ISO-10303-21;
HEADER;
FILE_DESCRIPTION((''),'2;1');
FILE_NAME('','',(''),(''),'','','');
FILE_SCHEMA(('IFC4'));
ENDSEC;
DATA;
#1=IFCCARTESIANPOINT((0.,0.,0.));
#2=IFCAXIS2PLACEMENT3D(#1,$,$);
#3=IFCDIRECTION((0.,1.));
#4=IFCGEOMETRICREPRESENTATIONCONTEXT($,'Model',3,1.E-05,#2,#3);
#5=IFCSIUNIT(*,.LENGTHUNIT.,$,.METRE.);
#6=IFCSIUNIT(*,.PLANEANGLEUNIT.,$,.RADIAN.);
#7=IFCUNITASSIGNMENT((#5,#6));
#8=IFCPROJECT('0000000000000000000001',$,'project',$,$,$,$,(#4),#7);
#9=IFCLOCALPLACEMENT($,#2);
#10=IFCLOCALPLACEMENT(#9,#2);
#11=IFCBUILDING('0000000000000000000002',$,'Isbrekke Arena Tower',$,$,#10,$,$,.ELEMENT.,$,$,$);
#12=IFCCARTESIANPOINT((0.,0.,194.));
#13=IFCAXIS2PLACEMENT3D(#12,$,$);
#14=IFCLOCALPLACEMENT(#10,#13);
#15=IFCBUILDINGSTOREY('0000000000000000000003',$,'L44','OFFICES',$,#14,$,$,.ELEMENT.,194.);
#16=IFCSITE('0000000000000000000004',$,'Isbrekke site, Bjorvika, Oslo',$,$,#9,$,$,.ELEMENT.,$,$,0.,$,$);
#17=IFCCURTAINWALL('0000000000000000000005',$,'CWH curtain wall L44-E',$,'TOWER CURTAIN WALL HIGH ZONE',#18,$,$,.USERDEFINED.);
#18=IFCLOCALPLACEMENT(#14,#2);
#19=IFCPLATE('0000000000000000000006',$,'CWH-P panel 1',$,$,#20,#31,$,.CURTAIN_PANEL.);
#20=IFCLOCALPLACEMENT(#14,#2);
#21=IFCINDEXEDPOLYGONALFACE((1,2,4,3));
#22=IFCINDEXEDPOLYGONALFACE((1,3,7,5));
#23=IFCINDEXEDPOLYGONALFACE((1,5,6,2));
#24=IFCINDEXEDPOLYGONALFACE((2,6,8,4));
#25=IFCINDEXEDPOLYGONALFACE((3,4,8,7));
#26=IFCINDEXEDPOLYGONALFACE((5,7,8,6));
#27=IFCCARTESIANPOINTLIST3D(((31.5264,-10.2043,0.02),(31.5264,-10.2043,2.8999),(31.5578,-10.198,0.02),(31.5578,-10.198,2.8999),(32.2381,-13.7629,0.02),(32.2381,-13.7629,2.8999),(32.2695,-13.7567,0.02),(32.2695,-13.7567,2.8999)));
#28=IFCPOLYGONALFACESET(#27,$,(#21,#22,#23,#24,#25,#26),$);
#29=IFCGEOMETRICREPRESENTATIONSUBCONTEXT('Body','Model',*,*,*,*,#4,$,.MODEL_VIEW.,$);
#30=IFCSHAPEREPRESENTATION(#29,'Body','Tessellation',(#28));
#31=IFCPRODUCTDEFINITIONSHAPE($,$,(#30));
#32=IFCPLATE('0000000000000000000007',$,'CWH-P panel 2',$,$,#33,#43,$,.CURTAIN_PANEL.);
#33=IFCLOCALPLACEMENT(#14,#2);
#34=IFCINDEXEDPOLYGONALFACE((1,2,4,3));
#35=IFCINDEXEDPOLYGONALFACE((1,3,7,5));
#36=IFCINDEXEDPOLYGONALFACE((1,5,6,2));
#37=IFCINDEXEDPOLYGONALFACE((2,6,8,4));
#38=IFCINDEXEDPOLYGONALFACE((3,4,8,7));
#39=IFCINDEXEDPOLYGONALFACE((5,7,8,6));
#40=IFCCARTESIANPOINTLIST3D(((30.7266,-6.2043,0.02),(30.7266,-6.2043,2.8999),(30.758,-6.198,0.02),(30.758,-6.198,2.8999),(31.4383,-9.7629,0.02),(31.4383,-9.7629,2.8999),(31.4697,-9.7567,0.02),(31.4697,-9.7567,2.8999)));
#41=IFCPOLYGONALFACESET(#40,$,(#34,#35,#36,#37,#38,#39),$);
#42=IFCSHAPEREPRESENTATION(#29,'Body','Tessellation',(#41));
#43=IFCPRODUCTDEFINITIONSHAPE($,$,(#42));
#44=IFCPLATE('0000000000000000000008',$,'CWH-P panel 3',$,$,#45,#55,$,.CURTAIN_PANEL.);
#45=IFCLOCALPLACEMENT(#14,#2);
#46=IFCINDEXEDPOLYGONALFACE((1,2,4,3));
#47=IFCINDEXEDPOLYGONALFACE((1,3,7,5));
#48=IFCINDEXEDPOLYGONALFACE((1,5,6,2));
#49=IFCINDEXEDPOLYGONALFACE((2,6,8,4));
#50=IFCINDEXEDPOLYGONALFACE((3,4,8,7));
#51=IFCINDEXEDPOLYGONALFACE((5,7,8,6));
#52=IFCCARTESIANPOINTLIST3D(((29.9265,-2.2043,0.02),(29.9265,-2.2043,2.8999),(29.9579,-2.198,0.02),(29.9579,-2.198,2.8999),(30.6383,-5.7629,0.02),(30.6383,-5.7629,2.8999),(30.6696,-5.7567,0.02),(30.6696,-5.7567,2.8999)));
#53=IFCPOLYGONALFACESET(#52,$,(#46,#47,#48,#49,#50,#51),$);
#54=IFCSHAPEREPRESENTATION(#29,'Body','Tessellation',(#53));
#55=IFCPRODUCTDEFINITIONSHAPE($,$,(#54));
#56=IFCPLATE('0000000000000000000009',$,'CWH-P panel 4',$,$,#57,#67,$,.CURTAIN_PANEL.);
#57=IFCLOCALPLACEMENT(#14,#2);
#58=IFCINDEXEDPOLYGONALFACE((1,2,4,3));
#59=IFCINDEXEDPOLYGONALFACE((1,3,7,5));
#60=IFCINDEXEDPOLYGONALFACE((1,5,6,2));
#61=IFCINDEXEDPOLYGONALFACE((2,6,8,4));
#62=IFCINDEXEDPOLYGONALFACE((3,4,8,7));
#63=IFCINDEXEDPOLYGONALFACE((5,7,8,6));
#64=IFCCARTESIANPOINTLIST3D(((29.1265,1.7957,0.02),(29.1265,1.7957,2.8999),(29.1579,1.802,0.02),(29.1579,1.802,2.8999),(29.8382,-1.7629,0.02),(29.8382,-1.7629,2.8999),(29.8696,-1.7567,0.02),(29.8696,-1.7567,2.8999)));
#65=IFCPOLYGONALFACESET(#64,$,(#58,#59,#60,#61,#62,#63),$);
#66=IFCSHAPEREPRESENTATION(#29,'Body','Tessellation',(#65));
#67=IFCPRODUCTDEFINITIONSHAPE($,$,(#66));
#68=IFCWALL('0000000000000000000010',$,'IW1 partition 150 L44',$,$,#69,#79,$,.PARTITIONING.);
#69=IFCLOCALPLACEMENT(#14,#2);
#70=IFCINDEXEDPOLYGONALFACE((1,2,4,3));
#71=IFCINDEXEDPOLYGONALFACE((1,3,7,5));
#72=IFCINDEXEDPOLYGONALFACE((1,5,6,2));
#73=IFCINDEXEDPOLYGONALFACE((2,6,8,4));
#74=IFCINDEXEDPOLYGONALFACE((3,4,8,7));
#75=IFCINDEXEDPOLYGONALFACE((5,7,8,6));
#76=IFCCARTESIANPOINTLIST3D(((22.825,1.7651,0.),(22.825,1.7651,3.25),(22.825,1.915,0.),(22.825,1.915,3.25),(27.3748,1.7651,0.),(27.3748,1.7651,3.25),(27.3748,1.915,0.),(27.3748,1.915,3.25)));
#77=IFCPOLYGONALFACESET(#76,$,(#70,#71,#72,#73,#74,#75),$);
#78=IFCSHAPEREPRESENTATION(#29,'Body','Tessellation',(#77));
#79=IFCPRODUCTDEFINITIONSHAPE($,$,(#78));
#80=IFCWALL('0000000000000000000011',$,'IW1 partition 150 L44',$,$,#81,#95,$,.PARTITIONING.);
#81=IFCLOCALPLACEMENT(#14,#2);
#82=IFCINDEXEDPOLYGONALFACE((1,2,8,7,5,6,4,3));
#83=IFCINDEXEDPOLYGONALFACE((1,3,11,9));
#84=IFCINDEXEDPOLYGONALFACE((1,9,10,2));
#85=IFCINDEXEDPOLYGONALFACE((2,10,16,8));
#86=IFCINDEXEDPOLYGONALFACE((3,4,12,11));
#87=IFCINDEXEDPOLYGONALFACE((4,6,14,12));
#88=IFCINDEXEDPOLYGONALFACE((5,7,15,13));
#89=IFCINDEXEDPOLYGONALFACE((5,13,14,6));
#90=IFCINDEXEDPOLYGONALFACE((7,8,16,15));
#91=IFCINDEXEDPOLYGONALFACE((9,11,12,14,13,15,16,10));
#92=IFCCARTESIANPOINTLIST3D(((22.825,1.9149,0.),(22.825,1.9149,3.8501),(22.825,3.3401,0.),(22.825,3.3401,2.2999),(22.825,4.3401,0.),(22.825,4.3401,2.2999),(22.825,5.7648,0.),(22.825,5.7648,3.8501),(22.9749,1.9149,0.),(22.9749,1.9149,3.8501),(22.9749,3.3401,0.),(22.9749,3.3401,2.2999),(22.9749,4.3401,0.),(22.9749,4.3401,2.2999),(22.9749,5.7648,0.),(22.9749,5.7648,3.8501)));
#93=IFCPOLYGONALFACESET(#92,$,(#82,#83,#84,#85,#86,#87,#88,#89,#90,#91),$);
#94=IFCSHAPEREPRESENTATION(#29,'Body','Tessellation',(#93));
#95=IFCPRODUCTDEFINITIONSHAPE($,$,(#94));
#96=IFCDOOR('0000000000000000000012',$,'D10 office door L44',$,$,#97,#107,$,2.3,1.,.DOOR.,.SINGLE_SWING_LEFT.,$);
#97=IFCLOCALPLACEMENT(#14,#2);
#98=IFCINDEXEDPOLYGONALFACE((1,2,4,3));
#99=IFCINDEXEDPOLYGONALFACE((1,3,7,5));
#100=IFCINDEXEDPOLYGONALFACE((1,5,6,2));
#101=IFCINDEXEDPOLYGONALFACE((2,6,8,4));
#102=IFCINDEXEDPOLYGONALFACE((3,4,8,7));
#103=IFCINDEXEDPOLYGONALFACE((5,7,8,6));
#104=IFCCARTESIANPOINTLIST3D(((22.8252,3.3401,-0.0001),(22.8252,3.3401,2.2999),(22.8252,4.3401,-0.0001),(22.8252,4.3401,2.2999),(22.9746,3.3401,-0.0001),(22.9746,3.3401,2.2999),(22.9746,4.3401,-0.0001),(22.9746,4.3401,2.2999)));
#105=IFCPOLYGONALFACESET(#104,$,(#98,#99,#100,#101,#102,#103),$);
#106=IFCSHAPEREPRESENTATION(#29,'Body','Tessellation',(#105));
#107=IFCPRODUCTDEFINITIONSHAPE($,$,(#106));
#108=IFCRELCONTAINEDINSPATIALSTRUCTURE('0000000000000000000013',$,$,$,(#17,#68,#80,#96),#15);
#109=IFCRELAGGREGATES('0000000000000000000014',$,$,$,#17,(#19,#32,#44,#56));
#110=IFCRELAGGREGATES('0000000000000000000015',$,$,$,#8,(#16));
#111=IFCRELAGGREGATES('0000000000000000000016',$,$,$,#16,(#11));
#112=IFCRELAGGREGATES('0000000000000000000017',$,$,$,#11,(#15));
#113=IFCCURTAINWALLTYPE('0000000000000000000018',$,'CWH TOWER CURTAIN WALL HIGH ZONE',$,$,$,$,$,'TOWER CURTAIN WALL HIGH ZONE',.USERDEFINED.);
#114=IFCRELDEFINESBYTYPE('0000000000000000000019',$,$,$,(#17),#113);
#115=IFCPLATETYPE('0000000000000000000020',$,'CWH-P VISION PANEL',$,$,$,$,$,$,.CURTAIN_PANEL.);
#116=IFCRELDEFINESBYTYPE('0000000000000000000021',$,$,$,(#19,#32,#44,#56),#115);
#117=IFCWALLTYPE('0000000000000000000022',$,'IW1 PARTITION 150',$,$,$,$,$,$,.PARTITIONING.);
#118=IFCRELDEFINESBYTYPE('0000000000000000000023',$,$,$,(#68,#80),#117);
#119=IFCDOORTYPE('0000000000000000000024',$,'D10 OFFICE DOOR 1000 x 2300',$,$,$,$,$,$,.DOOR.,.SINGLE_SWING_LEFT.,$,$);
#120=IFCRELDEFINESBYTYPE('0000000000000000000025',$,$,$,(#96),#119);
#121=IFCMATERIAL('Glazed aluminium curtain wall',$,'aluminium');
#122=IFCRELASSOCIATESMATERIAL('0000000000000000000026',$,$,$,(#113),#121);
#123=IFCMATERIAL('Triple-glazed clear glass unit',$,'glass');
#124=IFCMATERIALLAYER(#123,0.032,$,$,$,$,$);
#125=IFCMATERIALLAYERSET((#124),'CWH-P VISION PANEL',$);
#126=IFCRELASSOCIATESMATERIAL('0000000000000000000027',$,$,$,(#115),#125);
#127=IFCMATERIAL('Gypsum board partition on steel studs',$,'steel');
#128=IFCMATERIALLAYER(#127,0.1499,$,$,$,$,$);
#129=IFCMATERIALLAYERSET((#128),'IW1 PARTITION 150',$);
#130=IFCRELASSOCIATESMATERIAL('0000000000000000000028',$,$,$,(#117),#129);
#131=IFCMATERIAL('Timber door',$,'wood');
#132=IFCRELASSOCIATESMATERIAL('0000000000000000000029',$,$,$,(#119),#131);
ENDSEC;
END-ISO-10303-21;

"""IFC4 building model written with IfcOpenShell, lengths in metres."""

from ifc_helpers import new_model, si_unit, direction, frame, frame_2d, origin, origin_2d, place, context, subcontext, project, spatial, rectangle, extrude, material, layer, layer_set, type_object, element, fill, aggregate, save


model = new_model("IFC4")

# Units and contexts
model_context = context("Model", 3, precision=1e-05, world=origin(), true_north=direction((0.0, 1.0)))
body_context = subcontext(model_context, "Body", "Model", "MODEL_VIEW")
ifc_project = project(units=[si_unit("LENGTHUNIT", "METRE"), si_unit("PLANEANGLEUNIT", "RADIAN")], contexts=[model_context])

# Site, building, storey
site_placement = place(None, origin())
site = spatial("IfcSite", under=ifc_project, at=site_placement, Name="Isbrekke site, Bjorvika, Oslo", CompositionType="ELEMENT", RefElevation=0.0)
building_placement = place(site_placement, origin())
building = spatial("IfcBuilding", under=site, at=building_placement, Name="Isbrekke Arena Tower", CompositionType="ELEMENT")
storey_placement = place(building_placement, frame((0.0, 0.0, 194.0)))
storey = spatial("IfcBuildingStorey", under=building, at=storey_placement, Name="L44", Description="OFFICES", CompositionType="ELEMENT", Elevation=194.0)

# Curtain wall
ifc_material_1 = material(Name="Glazed aluminium curtain wall", Category="aluminium")
curtain_wall_type = type_object("IfcCurtainWallType", Name="CWH TOWER CURTAIN WALL HIGH ZONE", ElementType="TOWER CURTAIN WALL HIGH ZONE", PredefinedType="USERDEFINED", material=ifc_material_1)
curtain_wall_placement = place(storey_placement, origin())
curtain_wall = element("IfcCurtainWall", 1, at=curtain_wall_placement, inside=storey, type_object=curtain_wall_type, Name="CWH curtain wall L44-E", ObjectType="TOWER CURTAIN WALL HIGH ZONE", PredefinedType="USERDEFINED")

# Plates
ifc_material_2 = material(Name="Triple-glazed clear glass unit", Category="glass")
ifc_layer_1 = layer(ifc_material_2, 0.032)
ifc_layer_set_1 = layer_set([ifc_layer_1], Name="CWH-P VISION PANEL")
plate_type = type_object("IfcPlateType", Name="CWH-P VISION PANEL", PredefinedType="CURTAIN_PANEL", material=ifc_layer_set_1)
plate_1_placement = place(storey_placement, frame((31.8979, -11.9805, 0.02), z_axis=(0.0, 0.0, 1.0), x_axis=(-0.196116, 0.980581, 0.0)))
plate_1 = element("IfcPlate", 2, at=plate_1_placement, type_object=plate_type, Name="CWH-P panel 1", PredefinedType="CURTAIN_PANEL", context=body_context, shape_type="SweptSolid", body=[
    extrude(rectangle(XDim=3.6292, YDim=0.032, at=origin_2d()), origin(), (0.0, 0.0, 1.0), 2.8799),
])
plate_2_placement = place(storey_placement, frame((31.0981, -7.9805, 0.02), z_axis=(0.0, 0.0, 1.0), x_axis=(-0.196116, 0.980581, 0.0)))
plate_2 = element("IfcPlate", 3, at=plate_2_placement, type_object=plate_type, Name="CWH-P panel 2", PredefinedType="CURTAIN_PANEL", context=body_context, shape_type="SweptSolid", body=[
    extrude(rectangle(XDim=3.6292, YDim=0.032, at=origin_2d()), origin(), (0.0, 0.0, 1.0), 2.8799),
])
plate_3_placement = place(storey_placement, frame((30.2981, -3.9805, 0.02), z_axis=(0.0, 0.0, 1.0), x_axis=(-0.196116, 0.980581, 0.0)))
plate_3 = element("IfcPlate", 4, at=plate_3_placement, type_object=plate_type, Name="CWH-P panel 3", PredefinedType="CURTAIN_PANEL", context=body_context, shape_type="SweptSolid", body=[
    extrude(rectangle(XDim=3.6292, YDim=0.032, at=origin_2d()), origin(), (0.0, 0.0, 1.0), 2.8799),
])
plate_4_placement = place(storey_placement, frame((29.498, 0.0195, 0.02), z_axis=(0.0, 0.0, 1.0), x_axis=(-0.196116, 0.980581, 0.0)))
plate_4 = element("IfcPlate", 5, at=plate_4_placement, type_object=plate_type, Name="CWH-P panel 4", PredefinedType="CURTAIN_PANEL", context=body_context, shape_type="SweptSolid", body=[
    extrude(rectangle(XDim=3.6292, YDim=0.032, at=origin_2d()), origin(), (0.0, 0.0, 1.0), 2.8799),
])
aggregate(curtain_wall, [plate_1, plate_2, plate_3, plate_4])

# Wall
ifc_material_3 = material(Name="Gypsum board partition on steel studs", Category="steel")
ifc_layer_2 = layer(ifc_material_3, 0.1499)
ifc_layer_set_2 = layer_set([ifc_layer_2], Name="IW1 PARTITION 150")
wall_type = type_object("IfcWallType", Name="IW1 PARTITION 150", PredefinedType="PARTITIONING", material=ifc_layer_set_2)
wall_1_placement = place(storey_placement, frame((22.825, 1.8401, 0.0), z_axis=(0.0, 0.0, 1.0), x_axis=(1.0, 0.0, 0.0)))
element("IfcWall", 6, at=wall_1_placement, inside=storey, type_object=wall_type, Name="IW1 partition 150 L44", PredefinedType="PARTITIONING", context=body_context, shape_type="SweptSolid", body=[
    extrude(rectangle(XDim=4.5498, YDim=0.1499, at=frame_2d((2.2749, 0.0))), origin(), (0.0, 0.0, 1.0), 3.25),
])

# Wall, opening, door
wall_2_placement = place(storey_placement, frame((22.8999, 1.915, 0.0), z_axis=(0.0, 0.0, 1.0), x_axis=(0.0, 1.0, 0.0)))
wall_2 = element("IfcWall", 7, at=wall_2_placement, inside=storey, type_object=wall_type, Name="IW1 partition 150 L44", PredefinedType="PARTITIONING", context=body_context, shape_type="SweptSolid", body=[
    extrude(rectangle(XDim=3.8499, YDim=0.1499, at=frame_2d((1.9248, 0.0))), origin(), (0.0, 0.0, 1.0), 3.8501),
])
opening_placement = place(wall_2_placement, frame((1.425, 0.0, 0.0)))
opening = element("IfcOpeningElement", 8, at=opening_placement, cuts=wall_2, PredefinedType="OPENING", context=body_context, shape_type="SweptSolid", body=[
    extrude(rectangle(XDim=1.0, YDim=2.3, at=frame_2d((0.5, 1.1499))), frame((0.0, 0.0898, 0.0), z_axis=(0.0, -1.0, 0.0), x_axis=(1.0, 0.0, 0.0)), (0.0, 0.0, 1.0), 0.1797),
])
ifc_material_4 = material(Name="Timber door", Category="wood")
door_type = type_object("IfcDoorType", Name="D10 OFFICE DOOR 1000 x 2300", OperationType="SINGLE_SWING_LEFT", PredefinedType="DOOR", material=ifc_material_4)
door_placement = place(opening_placement, origin())
door = element("IfcDoor", 9, at=door_placement, inside=storey, type_object=door_type, Name="D10 office door L44", OperationType="SINGLE_SWING_LEFT", OverallHeight=2.3, OverallWidth=1.0, PredefinedType="DOOR", context=body_context, shape_type="SweptSolid", body=[
    extrude(rectangle(XDim=1.0, YDim=2.3, at=frame_2d((0.5, 1.1499))), frame((0.0, 0.0747, 0.0), z_axis=(0.0, -1.0, 0.0), x_axis=(1.0, 0.0, 0.0)), (0.0, 0.0, 1.0), 0.1494),
])
fill(opening, door)

save(model, "model.ifc")
